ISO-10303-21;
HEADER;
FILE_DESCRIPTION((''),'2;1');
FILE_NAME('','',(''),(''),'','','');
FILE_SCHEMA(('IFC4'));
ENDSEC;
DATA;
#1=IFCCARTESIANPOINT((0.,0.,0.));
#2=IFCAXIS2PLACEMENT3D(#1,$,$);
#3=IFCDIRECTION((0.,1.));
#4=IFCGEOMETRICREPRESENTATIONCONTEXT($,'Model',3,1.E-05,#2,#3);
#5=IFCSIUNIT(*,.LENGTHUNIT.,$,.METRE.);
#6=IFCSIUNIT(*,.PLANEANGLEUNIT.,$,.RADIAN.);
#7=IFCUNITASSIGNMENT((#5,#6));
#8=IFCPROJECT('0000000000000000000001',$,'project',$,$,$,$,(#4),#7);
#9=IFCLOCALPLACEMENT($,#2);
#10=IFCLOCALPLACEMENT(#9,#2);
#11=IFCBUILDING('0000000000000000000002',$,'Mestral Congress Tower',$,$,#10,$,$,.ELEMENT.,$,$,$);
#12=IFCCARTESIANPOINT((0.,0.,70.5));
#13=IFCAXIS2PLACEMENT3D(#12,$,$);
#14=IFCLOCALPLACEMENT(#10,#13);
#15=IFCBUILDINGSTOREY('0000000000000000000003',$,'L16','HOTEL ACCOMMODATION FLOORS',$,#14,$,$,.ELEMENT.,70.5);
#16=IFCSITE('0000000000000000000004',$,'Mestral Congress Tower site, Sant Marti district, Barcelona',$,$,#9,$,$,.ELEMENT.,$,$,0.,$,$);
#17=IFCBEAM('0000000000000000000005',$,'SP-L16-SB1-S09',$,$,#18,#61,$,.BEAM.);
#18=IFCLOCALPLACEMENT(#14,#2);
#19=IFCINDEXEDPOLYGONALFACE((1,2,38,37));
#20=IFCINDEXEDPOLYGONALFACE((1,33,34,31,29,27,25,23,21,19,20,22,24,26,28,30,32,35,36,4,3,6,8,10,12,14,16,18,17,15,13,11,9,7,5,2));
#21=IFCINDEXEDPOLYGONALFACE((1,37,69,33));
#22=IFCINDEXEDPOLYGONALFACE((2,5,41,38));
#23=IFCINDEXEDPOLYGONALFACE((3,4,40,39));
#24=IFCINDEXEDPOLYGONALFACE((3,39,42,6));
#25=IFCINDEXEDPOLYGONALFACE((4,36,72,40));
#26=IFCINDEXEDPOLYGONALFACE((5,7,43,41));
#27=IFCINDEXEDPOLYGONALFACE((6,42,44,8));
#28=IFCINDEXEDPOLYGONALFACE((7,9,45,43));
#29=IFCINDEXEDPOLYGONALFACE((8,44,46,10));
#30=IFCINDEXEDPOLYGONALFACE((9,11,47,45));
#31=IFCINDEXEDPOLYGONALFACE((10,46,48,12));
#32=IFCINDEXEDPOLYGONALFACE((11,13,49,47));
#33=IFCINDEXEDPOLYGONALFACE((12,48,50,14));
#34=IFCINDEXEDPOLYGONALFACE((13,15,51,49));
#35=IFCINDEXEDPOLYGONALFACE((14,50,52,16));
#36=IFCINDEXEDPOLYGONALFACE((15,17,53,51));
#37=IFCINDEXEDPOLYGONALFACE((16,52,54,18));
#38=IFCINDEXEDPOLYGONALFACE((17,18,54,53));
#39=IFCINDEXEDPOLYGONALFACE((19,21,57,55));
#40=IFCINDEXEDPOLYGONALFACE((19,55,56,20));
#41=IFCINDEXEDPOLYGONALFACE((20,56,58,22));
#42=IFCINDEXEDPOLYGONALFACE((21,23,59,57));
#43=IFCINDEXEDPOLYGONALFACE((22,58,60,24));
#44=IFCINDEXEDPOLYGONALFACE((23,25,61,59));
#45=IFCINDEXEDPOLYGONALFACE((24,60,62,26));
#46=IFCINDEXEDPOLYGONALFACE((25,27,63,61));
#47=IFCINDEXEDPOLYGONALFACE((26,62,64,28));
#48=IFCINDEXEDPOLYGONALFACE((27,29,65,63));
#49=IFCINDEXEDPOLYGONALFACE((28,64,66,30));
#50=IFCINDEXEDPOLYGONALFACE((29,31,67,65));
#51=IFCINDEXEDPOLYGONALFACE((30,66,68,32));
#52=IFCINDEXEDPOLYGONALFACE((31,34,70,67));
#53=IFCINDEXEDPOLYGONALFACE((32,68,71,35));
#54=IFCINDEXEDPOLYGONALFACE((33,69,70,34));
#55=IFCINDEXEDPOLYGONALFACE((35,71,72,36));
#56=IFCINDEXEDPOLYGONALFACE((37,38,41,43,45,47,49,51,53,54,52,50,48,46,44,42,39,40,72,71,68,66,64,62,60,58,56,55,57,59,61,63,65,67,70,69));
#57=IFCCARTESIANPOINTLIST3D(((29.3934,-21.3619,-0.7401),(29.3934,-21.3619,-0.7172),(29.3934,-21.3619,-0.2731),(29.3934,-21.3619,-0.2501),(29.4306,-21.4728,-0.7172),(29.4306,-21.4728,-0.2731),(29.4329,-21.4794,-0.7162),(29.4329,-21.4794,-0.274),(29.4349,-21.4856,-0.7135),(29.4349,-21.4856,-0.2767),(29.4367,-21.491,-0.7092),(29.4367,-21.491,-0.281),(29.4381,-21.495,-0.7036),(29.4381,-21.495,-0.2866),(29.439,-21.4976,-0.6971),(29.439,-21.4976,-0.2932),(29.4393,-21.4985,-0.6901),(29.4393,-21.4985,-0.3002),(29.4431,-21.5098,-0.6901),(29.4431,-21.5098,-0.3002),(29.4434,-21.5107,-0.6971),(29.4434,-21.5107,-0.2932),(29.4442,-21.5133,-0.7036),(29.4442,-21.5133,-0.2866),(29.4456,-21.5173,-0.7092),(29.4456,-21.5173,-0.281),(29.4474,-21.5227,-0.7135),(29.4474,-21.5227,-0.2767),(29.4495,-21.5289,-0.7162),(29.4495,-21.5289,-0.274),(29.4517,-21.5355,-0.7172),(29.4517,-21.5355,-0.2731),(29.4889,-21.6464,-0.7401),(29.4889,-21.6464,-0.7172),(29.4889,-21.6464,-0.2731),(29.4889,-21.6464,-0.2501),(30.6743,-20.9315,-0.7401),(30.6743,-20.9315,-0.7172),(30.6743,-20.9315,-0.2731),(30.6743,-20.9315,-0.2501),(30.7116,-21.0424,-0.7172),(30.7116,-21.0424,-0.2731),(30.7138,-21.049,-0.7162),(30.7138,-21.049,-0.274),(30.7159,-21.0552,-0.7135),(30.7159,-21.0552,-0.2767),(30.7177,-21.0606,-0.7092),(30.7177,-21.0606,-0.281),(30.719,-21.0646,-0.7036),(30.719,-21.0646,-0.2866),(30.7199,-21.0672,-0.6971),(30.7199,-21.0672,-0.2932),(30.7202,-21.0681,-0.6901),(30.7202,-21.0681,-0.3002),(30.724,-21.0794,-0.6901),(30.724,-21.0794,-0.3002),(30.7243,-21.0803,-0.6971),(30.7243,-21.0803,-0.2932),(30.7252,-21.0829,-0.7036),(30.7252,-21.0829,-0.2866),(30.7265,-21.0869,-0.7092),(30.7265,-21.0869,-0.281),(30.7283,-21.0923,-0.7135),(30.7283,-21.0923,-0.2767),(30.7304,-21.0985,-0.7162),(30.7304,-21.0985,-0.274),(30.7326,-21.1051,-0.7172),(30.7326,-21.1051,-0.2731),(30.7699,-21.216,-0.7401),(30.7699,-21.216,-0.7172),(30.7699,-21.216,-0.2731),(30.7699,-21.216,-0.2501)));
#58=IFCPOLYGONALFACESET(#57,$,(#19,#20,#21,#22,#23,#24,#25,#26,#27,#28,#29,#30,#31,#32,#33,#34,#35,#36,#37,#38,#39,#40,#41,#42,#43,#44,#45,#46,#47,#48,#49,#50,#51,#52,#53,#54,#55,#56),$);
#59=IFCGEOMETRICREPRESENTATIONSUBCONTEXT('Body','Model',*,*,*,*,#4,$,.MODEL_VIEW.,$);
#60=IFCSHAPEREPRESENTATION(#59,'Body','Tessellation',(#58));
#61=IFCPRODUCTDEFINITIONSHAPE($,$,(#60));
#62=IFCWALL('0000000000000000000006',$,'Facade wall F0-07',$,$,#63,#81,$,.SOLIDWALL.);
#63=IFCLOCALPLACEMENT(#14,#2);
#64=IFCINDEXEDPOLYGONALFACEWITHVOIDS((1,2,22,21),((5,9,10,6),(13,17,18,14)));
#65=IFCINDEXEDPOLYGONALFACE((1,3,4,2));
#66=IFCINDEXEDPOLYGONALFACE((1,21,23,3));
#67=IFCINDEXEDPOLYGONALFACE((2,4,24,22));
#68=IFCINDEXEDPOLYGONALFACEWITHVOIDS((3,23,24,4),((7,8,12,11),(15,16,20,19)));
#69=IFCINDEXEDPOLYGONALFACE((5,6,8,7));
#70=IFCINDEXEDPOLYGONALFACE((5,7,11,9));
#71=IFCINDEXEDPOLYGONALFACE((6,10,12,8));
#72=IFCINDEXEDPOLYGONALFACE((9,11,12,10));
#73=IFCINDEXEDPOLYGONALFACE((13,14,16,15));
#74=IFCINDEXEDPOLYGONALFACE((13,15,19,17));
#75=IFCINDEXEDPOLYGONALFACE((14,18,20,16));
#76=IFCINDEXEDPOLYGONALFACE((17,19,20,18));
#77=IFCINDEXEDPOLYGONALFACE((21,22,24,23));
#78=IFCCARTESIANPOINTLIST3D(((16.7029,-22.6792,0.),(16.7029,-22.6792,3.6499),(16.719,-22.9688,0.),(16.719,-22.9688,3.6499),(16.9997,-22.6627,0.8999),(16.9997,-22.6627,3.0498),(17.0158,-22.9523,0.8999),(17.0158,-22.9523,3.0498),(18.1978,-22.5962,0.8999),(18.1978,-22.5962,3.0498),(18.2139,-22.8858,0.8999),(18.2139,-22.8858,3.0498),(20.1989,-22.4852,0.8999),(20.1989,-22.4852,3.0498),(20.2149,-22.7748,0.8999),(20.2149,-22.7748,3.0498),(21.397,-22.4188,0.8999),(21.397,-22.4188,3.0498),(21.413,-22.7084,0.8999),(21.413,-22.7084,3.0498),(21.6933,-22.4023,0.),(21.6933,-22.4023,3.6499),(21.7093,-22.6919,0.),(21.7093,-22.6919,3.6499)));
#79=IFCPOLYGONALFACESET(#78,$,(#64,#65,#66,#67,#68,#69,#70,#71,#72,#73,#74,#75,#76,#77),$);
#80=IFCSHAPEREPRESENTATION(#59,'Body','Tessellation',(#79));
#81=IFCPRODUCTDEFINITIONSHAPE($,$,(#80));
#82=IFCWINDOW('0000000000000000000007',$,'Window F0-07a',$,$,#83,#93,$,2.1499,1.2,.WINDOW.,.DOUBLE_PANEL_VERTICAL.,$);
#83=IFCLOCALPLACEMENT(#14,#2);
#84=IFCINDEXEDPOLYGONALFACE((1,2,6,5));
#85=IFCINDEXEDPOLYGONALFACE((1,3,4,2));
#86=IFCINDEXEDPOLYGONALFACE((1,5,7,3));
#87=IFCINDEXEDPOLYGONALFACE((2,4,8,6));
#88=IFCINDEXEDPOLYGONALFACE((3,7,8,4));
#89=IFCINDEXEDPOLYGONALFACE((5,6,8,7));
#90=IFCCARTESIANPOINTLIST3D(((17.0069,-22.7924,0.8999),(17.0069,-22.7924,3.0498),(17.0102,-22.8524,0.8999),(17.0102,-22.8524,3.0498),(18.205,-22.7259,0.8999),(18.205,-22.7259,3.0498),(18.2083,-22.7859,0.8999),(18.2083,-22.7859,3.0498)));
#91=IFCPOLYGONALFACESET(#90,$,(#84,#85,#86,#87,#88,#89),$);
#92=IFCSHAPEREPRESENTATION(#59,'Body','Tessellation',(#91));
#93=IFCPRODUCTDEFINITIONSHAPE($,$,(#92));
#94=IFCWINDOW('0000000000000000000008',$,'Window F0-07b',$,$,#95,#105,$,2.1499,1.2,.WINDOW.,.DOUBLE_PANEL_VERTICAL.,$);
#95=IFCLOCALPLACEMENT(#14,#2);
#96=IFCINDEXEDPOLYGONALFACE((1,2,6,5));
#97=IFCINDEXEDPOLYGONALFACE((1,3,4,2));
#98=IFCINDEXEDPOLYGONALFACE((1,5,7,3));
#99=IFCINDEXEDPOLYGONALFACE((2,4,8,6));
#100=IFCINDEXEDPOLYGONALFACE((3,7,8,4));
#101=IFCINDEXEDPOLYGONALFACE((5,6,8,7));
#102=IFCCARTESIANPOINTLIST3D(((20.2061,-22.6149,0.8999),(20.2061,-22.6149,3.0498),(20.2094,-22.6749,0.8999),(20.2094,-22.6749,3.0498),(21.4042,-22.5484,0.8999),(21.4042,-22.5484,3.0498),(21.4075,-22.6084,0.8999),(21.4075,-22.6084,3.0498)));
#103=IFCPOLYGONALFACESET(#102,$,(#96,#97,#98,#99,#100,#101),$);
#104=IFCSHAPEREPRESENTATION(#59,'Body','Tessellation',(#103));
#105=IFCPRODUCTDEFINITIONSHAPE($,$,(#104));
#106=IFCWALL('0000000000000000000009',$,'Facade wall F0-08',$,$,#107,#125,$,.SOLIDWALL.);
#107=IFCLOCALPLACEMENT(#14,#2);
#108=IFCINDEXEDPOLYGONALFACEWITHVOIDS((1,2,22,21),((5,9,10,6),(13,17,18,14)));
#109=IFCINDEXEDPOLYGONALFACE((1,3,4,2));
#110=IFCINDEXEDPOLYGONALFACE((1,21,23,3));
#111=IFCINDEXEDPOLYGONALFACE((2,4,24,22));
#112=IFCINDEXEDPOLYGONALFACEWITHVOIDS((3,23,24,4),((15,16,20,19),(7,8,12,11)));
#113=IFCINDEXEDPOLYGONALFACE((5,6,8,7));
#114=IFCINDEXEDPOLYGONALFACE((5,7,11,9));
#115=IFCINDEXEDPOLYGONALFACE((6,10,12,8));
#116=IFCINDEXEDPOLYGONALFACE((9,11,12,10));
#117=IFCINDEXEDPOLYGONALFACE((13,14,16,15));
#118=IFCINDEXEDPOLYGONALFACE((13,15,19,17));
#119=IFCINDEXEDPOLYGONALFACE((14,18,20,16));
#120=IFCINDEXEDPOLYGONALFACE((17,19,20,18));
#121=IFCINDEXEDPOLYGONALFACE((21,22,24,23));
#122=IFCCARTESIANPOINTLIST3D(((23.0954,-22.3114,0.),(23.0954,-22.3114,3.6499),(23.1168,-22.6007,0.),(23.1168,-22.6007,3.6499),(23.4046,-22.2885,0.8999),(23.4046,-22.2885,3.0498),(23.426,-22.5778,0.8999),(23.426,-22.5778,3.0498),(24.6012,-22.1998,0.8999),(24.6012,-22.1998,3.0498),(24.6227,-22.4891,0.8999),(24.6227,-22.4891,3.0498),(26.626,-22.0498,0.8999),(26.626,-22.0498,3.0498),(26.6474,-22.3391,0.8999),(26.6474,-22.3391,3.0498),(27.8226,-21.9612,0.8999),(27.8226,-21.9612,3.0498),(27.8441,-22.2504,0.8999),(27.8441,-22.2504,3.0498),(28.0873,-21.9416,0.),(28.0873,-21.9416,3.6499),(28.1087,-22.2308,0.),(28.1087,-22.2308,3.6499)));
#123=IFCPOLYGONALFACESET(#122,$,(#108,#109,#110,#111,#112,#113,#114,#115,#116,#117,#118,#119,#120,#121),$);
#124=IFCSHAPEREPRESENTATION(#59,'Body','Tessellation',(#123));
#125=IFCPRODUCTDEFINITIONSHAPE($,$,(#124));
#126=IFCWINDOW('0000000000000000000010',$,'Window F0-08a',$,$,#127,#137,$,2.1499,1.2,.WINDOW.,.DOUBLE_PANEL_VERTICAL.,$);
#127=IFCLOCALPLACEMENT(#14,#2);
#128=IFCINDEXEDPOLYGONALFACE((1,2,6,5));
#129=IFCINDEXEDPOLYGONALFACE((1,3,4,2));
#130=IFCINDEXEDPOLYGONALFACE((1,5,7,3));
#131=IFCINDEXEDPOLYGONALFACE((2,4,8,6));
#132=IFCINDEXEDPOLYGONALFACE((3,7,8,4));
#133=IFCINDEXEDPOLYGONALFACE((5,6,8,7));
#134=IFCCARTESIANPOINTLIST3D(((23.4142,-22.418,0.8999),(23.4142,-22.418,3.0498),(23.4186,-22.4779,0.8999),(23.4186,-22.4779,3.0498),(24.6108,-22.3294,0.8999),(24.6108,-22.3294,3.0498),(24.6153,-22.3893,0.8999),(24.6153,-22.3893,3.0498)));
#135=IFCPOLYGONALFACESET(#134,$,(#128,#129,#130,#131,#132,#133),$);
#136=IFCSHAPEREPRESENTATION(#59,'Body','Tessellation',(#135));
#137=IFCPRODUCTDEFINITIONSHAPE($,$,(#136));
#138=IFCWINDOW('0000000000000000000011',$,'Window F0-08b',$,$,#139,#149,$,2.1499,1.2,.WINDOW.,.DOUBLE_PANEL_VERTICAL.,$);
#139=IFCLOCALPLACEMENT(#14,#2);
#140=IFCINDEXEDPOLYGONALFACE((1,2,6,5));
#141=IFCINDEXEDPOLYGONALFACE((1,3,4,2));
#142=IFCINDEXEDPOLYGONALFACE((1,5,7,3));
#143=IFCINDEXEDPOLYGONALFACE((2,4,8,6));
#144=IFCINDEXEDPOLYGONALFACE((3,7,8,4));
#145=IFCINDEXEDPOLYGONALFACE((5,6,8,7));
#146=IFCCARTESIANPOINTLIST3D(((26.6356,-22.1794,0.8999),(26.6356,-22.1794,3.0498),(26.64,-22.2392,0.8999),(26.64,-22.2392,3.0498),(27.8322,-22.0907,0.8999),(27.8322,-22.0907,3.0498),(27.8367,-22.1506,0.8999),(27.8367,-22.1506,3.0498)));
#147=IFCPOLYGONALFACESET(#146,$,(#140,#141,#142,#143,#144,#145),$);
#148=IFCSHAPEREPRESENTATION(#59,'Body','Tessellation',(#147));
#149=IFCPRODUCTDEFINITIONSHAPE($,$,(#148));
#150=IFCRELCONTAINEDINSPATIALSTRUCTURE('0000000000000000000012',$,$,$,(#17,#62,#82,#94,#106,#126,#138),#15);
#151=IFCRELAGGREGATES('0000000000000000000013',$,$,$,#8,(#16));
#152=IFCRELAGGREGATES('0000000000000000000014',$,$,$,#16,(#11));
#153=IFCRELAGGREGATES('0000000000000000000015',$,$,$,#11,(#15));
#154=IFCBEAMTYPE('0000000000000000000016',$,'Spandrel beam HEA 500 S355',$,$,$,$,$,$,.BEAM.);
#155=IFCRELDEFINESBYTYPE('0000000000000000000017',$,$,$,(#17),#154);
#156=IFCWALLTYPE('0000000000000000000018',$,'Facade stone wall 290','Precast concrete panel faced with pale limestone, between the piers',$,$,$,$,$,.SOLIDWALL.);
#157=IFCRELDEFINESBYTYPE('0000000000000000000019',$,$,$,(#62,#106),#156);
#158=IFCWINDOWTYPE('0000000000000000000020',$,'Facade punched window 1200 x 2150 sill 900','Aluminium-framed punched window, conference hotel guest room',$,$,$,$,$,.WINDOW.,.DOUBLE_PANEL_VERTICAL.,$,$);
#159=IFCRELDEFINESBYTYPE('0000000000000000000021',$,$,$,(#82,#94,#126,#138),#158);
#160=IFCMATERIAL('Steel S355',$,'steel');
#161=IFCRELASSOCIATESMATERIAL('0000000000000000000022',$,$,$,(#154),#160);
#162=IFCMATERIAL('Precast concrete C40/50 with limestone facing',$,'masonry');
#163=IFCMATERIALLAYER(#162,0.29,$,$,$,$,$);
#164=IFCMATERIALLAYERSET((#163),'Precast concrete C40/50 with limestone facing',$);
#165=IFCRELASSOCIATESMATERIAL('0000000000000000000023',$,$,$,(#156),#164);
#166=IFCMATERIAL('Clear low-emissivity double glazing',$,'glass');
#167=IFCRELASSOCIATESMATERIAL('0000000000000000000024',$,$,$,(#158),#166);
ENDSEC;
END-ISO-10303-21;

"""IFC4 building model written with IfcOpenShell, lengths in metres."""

from ifc_helpers import new_model, si_unit, direction, frame, frame_2d, origin, origin_2d, place, context, subcontext, project, spatial, rectangle, i_section, extrude, material, layer, layer_set, material_profile, profile_set, type_object, element, fill, save


model = new_model("IFC4")

# Units and contexts
model_context = context("Model", 3, precision=1e-05, world=origin(), true_north=direction((0.0, 1.0)))
body_context = subcontext(model_context, "Body", "Model", "MODEL_VIEW")
ifc_project = project(units=[si_unit("LENGTHUNIT", "METRE"), si_unit("PLANEANGLEUNIT", "RADIAN")], contexts=[model_context])

# Site, building, storey
site_placement = place(None, origin())
site = spatial("IfcSite", under=ifc_project, at=site_placement, Name="Mestral Congress Tower site, Sant Marti district, Barcelona", CompositionType="ELEMENT", RefElevation=0.0)
building_placement = place(site_placement, origin())
building = spatial("IfcBuilding", under=site, at=building_placement, Name="Mestral Congress Tower", CompositionType="ELEMENT")
storey_placement = place(building_placement, frame((0.0, 0.0, 70.5)))
storey = spatial("IfcBuildingStorey", under=building, at=storey_placement, Name="L16", Description="HOTEL ACCOMMODATION FLOORS", CompositionType="ELEMENT", Elevation=70.5)

# Beam
ifc_material_1 = material(Name="Steel S355", Category="steel")
ifc_material_profile_1 = material_profile(ifc_material_1, i_section(OverallWidth=0.3, OverallDepth=0.49, WebThickness=0.012, FlangeThickness=0.0229, FilletRadius=0.0271, at=origin_2d()), Name="HEA 500")
ifc_profile_set_1 = profile_set([ifc_material_profile_1], Name="Steel S355")
beam_type_1 = type_object("IfcBeamType", Name="Spandrel beam HEA 500 S355", PredefinedType="BEAM", material=ifc_profile_set_1)
beam_1_placement = place(storey_placement, frame((29.4412, -21.5042, -0.4951), z_axis=(0.947922, 0.318503, 0.0), x_axis=(-0.318503, 0.947922, 0.0)))
element("IfcBeam", 1, at=beam_1_placement, inside=storey, type_object=beam_type_1, Name="SP-L16-SB1-S09", PredefinedType="BEAM", context=body_context, shape_type="SweptSolid", body=[
    extrude(i_section(OverallWidth=0.3, OverallDepth=0.49, WebThickness=0.012, FlangeThickness=0.0229, FilletRadius=0.0271, at=origin_2d()), origin(), (0.0, 0.0, 1.0), 1.3513),
])

# Walls, openings, windows
ifc_material_2 = material(Name="Precast concrete C40/50 with limestone facing", Category="masonry")
ifc_layer_1 = layer(ifc_material_2, 0.29)
ifc_layer_set_1 = layer_set([ifc_layer_1], Name="Precast concrete C40/50 with limestone facing")
wall_type_1 = type_object("IfcWallType", Name="Facade stone wall 290", Description="Precast concrete panel faced with pale limestone, between the piers", PredefinedType="SOLIDWALL", material=ifc_layer_set_1)
wall_1_placement = place(storey_placement, frame((16.7109, -22.824, 0.0), z_axis=(0.0, 0.0, 1.0), x_axis=(0.998465, 0.055392, 0.0)))
wall_1 = element("IfcWall", 2, at=wall_1_placement, inside=storey, type_object=wall_type_1, Name="Facade wall F0-07", PredefinedType="SOLIDWALL", context=body_context, shape_type="SweptSolid", body=[
    extrude(rectangle(XDim=4.998, YDim=0.29, at=frame_2d((2.499, 0.0))), origin(), (0.0, 0.0, 1.0), 3.6499),
])
opening_1_placement = place(wall_1_placement, frame((0.2971, 0.0, 0.8999)))
opening_1 = element("IfcOpeningElement", 3, at=opening_1_placement, cuts=wall_1, PredefinedType="OPENING", context=body_context, shape_type="SweptSolid", body=[
    extrude(rectangle(XDim=1.2, YDim=2.1499, at=frame_2d((0.6001, 1.075))), frame((0.0, 0.155, 0.0), z_axis=(0.0, -1.0, 0.0), x_axis=(1.0, 0.0, 0.0)), (0.0, 0.0, 1.0), 0.3101),
])
opening_2_placement = place(wall_1_placement, frame((3.5012, 0.0, 0.8999)))
opening_2 = element("IfcOpeningElement", 4, at=opening_2_placement, cuts=wall_1, PredefinedType="OPENING", context=body_context, shape_type="SweptSolid", body=[
    extrude(rectangle(XDim=1.2, YDim=2.1499, at=frame_2d((0.6001, 1.075))), frame((0.0, 0.155, 0.0), z_axis=(0.0, -1.0, 0.0), x_axis=(1.0, 0.0, 0.0)), (0.0, 0.0, 1.0), 0.3101),
])
ifc_material_3 = material(Name="Clear low-emissivity double glazing", Category="glass")
window_type_1 = type_object("IfcWindowType", Name="Facade punched window 1200 x 2150 sill 900", Description="Aluminium-framed punched window, conference hotel guest room", PartitioningType="DOUBLE_PANEL_VERTICAL", PredefinedType="WINDOW", material=ifc_material_3)
window_1_placement = place(opening_1_placement, origin())
window_1 = element("IfcWindow", 5, at=window_1_placement, inside=storey, type_object=window_type_1, Name="Window F0-07a", OverallHeight=2.1499, OverallWidth=1.2, PartitioningType="DOUBLE_PANEL_VERTICAL", PredefinedType="WINDOW", context=body_context, shape_type="SweptSolid", body=[
    extrude(rectangle(XDim=1.2, YDim=2.1499, at=frame_2d((0.6001, 1.075))), frame((0.0, 0.0151, 0.0), z_axis=(0.0, -1.0, 0.0), x_axis=(1.0, 0.0, 0.0)), (0.0, 0.0, 1.0), 0.0601),
])
fill(opening_1, window_1)
window_2_placement = place(opening_2_placement, origin())
window_2 = element("IfcWindow", 6, at=window_2_placement, inside=storey, type_object=window_type_1, Name="Window F0-07b", OverallHeight=2.1499, OverallWidth=1.2, PartitioningType="DOUBLE_PANEL_VERTICAL", PredefinedType="WINDOW", context=body_context, shape_type="SweptSolid", body=[
    extrude(rectangle(XDim=1.2, YDim=2.1499, at=frame_2d((0.6001, 1.075))), frame((0.0, 0.0151, 0.0), z_axis=(0.0, -1.0, 0.0), x_axis=(1.0, 0.0, 0.0)), (0.0, 0.0, 1.0), 0.0601),
])
fill(opening_2, window_2)
wall_2_placement = place(storey_placement, frame((23.106, -22.4561, 0.0), z_axis=(0.0, 0.0, 1.0), x_axis=(0.997266, 0.073891, 0.0)))
wall_2 = element("IfcWall", 7, at=wall_2_placement, inside=storey, type_object=wall_type_1, Name="Facade wall F0-08", PredefinedType="SOLIDWALL", context=body_context, shape_type="SweptSolid", body=[
    extrude(rectangle(XDim=5.0056, YDim=0.29, at=frame_2d((2.5029, 0.0))), origin(), (0.0, 0.0, 1.0), 3.6499),
])
opening_3_placement = place(wall_2_placement, frame((0.3101, 0.0, 0.8999)))
opening_3 = element("IfcOpeningElement", 8, at=opening_3_placement, cuts=wall_2, PredefinedType="OPENING", context=body_context, shape_type="SweptSolid", body=[
    extrude(rectangle(XDim=1.2, YDim=2.1499, at=frame_2d((0.6001, 1.075))), frame((0.0, 0.155, 0.0), z_axis=(0.0, -1.0, 0.0), x_axis=(1.0, 0.0, 0.0)), (0.0, 0.0, 1.0), 0.3101),
])
opening_4_placement = place(wall_2_placement, frame((3.5403, 0.0, 0.8999)))
opening_4 = element("IfcOpeningElement", 9, at=opening_4_placement, cuts=wall_2, PredefinedType="OPENING", context=body_context, shape_type="SweptSolid", body=[
    extrude(rectangle(XDim=1.2, YDim=2.1499, at=frame_2d((0.6001, 1.075))), frame((0.0, 0.155, 0.0), z_axis=(0.0, -1.0, 0.0), x_axis=(1.0, 0.0, 0.0)), (0.0, 0.0, 1.0), 0.3101),
])
window_3_placement = place(opening_3_placement, origin())
window_3 = element("IfcWindow", 10, at=window_3_placement, inside=storey, type_object=window_type_1, Name="Window F0-08a", OverallHeight=2.1499, OverallWidth=1.2, PartitioningType="DOUBLE_PANEL_VERTICAL", PredefinedType="WINDOW", context=body_context, shape_type="SweptSolid", body=[
    extrude(rectangle(XDim=1.2, YDim=2.1499, at=frame_2d((0.6001, 1.075))), frame((0.0, 0.0151, 0.0), z_axis=(0.0, -1.0, 0.0), x_axis=(1.0, 0.0, 0.0)), (0.0, 0.0, 1.0), 0.0601),
])
fill(opening_3, window_3)
window_4_placement = place(opening_4_placement, origin())
window_4 = element("IfcWindow", 11, at=window_4_placement, inside=storey, type_object=window_type_1, Name="Window F0-08b", OverallHeight=2.1499, OverallWidth=1.2, PartitioningType="DOUBLE_PANEL_VERTICAL", PredefinedType="WINDOW", context=body_context, shape_type="SweptSolid", body=[
    extrude(rectangle(XDim=1.2, YDim=2.1499, at=frame_2d((0.6001, 1.075))), frame((0.0, 0.0151, 0.0), z_axis=(0.0, -1.0, 0.0), x_axis=(1.0, 0.0, 0.0)), (0.0, 0.0, 1.0), 0.0601),
])
fill(opening_4, window_4)

save(model, "model.ifc")
